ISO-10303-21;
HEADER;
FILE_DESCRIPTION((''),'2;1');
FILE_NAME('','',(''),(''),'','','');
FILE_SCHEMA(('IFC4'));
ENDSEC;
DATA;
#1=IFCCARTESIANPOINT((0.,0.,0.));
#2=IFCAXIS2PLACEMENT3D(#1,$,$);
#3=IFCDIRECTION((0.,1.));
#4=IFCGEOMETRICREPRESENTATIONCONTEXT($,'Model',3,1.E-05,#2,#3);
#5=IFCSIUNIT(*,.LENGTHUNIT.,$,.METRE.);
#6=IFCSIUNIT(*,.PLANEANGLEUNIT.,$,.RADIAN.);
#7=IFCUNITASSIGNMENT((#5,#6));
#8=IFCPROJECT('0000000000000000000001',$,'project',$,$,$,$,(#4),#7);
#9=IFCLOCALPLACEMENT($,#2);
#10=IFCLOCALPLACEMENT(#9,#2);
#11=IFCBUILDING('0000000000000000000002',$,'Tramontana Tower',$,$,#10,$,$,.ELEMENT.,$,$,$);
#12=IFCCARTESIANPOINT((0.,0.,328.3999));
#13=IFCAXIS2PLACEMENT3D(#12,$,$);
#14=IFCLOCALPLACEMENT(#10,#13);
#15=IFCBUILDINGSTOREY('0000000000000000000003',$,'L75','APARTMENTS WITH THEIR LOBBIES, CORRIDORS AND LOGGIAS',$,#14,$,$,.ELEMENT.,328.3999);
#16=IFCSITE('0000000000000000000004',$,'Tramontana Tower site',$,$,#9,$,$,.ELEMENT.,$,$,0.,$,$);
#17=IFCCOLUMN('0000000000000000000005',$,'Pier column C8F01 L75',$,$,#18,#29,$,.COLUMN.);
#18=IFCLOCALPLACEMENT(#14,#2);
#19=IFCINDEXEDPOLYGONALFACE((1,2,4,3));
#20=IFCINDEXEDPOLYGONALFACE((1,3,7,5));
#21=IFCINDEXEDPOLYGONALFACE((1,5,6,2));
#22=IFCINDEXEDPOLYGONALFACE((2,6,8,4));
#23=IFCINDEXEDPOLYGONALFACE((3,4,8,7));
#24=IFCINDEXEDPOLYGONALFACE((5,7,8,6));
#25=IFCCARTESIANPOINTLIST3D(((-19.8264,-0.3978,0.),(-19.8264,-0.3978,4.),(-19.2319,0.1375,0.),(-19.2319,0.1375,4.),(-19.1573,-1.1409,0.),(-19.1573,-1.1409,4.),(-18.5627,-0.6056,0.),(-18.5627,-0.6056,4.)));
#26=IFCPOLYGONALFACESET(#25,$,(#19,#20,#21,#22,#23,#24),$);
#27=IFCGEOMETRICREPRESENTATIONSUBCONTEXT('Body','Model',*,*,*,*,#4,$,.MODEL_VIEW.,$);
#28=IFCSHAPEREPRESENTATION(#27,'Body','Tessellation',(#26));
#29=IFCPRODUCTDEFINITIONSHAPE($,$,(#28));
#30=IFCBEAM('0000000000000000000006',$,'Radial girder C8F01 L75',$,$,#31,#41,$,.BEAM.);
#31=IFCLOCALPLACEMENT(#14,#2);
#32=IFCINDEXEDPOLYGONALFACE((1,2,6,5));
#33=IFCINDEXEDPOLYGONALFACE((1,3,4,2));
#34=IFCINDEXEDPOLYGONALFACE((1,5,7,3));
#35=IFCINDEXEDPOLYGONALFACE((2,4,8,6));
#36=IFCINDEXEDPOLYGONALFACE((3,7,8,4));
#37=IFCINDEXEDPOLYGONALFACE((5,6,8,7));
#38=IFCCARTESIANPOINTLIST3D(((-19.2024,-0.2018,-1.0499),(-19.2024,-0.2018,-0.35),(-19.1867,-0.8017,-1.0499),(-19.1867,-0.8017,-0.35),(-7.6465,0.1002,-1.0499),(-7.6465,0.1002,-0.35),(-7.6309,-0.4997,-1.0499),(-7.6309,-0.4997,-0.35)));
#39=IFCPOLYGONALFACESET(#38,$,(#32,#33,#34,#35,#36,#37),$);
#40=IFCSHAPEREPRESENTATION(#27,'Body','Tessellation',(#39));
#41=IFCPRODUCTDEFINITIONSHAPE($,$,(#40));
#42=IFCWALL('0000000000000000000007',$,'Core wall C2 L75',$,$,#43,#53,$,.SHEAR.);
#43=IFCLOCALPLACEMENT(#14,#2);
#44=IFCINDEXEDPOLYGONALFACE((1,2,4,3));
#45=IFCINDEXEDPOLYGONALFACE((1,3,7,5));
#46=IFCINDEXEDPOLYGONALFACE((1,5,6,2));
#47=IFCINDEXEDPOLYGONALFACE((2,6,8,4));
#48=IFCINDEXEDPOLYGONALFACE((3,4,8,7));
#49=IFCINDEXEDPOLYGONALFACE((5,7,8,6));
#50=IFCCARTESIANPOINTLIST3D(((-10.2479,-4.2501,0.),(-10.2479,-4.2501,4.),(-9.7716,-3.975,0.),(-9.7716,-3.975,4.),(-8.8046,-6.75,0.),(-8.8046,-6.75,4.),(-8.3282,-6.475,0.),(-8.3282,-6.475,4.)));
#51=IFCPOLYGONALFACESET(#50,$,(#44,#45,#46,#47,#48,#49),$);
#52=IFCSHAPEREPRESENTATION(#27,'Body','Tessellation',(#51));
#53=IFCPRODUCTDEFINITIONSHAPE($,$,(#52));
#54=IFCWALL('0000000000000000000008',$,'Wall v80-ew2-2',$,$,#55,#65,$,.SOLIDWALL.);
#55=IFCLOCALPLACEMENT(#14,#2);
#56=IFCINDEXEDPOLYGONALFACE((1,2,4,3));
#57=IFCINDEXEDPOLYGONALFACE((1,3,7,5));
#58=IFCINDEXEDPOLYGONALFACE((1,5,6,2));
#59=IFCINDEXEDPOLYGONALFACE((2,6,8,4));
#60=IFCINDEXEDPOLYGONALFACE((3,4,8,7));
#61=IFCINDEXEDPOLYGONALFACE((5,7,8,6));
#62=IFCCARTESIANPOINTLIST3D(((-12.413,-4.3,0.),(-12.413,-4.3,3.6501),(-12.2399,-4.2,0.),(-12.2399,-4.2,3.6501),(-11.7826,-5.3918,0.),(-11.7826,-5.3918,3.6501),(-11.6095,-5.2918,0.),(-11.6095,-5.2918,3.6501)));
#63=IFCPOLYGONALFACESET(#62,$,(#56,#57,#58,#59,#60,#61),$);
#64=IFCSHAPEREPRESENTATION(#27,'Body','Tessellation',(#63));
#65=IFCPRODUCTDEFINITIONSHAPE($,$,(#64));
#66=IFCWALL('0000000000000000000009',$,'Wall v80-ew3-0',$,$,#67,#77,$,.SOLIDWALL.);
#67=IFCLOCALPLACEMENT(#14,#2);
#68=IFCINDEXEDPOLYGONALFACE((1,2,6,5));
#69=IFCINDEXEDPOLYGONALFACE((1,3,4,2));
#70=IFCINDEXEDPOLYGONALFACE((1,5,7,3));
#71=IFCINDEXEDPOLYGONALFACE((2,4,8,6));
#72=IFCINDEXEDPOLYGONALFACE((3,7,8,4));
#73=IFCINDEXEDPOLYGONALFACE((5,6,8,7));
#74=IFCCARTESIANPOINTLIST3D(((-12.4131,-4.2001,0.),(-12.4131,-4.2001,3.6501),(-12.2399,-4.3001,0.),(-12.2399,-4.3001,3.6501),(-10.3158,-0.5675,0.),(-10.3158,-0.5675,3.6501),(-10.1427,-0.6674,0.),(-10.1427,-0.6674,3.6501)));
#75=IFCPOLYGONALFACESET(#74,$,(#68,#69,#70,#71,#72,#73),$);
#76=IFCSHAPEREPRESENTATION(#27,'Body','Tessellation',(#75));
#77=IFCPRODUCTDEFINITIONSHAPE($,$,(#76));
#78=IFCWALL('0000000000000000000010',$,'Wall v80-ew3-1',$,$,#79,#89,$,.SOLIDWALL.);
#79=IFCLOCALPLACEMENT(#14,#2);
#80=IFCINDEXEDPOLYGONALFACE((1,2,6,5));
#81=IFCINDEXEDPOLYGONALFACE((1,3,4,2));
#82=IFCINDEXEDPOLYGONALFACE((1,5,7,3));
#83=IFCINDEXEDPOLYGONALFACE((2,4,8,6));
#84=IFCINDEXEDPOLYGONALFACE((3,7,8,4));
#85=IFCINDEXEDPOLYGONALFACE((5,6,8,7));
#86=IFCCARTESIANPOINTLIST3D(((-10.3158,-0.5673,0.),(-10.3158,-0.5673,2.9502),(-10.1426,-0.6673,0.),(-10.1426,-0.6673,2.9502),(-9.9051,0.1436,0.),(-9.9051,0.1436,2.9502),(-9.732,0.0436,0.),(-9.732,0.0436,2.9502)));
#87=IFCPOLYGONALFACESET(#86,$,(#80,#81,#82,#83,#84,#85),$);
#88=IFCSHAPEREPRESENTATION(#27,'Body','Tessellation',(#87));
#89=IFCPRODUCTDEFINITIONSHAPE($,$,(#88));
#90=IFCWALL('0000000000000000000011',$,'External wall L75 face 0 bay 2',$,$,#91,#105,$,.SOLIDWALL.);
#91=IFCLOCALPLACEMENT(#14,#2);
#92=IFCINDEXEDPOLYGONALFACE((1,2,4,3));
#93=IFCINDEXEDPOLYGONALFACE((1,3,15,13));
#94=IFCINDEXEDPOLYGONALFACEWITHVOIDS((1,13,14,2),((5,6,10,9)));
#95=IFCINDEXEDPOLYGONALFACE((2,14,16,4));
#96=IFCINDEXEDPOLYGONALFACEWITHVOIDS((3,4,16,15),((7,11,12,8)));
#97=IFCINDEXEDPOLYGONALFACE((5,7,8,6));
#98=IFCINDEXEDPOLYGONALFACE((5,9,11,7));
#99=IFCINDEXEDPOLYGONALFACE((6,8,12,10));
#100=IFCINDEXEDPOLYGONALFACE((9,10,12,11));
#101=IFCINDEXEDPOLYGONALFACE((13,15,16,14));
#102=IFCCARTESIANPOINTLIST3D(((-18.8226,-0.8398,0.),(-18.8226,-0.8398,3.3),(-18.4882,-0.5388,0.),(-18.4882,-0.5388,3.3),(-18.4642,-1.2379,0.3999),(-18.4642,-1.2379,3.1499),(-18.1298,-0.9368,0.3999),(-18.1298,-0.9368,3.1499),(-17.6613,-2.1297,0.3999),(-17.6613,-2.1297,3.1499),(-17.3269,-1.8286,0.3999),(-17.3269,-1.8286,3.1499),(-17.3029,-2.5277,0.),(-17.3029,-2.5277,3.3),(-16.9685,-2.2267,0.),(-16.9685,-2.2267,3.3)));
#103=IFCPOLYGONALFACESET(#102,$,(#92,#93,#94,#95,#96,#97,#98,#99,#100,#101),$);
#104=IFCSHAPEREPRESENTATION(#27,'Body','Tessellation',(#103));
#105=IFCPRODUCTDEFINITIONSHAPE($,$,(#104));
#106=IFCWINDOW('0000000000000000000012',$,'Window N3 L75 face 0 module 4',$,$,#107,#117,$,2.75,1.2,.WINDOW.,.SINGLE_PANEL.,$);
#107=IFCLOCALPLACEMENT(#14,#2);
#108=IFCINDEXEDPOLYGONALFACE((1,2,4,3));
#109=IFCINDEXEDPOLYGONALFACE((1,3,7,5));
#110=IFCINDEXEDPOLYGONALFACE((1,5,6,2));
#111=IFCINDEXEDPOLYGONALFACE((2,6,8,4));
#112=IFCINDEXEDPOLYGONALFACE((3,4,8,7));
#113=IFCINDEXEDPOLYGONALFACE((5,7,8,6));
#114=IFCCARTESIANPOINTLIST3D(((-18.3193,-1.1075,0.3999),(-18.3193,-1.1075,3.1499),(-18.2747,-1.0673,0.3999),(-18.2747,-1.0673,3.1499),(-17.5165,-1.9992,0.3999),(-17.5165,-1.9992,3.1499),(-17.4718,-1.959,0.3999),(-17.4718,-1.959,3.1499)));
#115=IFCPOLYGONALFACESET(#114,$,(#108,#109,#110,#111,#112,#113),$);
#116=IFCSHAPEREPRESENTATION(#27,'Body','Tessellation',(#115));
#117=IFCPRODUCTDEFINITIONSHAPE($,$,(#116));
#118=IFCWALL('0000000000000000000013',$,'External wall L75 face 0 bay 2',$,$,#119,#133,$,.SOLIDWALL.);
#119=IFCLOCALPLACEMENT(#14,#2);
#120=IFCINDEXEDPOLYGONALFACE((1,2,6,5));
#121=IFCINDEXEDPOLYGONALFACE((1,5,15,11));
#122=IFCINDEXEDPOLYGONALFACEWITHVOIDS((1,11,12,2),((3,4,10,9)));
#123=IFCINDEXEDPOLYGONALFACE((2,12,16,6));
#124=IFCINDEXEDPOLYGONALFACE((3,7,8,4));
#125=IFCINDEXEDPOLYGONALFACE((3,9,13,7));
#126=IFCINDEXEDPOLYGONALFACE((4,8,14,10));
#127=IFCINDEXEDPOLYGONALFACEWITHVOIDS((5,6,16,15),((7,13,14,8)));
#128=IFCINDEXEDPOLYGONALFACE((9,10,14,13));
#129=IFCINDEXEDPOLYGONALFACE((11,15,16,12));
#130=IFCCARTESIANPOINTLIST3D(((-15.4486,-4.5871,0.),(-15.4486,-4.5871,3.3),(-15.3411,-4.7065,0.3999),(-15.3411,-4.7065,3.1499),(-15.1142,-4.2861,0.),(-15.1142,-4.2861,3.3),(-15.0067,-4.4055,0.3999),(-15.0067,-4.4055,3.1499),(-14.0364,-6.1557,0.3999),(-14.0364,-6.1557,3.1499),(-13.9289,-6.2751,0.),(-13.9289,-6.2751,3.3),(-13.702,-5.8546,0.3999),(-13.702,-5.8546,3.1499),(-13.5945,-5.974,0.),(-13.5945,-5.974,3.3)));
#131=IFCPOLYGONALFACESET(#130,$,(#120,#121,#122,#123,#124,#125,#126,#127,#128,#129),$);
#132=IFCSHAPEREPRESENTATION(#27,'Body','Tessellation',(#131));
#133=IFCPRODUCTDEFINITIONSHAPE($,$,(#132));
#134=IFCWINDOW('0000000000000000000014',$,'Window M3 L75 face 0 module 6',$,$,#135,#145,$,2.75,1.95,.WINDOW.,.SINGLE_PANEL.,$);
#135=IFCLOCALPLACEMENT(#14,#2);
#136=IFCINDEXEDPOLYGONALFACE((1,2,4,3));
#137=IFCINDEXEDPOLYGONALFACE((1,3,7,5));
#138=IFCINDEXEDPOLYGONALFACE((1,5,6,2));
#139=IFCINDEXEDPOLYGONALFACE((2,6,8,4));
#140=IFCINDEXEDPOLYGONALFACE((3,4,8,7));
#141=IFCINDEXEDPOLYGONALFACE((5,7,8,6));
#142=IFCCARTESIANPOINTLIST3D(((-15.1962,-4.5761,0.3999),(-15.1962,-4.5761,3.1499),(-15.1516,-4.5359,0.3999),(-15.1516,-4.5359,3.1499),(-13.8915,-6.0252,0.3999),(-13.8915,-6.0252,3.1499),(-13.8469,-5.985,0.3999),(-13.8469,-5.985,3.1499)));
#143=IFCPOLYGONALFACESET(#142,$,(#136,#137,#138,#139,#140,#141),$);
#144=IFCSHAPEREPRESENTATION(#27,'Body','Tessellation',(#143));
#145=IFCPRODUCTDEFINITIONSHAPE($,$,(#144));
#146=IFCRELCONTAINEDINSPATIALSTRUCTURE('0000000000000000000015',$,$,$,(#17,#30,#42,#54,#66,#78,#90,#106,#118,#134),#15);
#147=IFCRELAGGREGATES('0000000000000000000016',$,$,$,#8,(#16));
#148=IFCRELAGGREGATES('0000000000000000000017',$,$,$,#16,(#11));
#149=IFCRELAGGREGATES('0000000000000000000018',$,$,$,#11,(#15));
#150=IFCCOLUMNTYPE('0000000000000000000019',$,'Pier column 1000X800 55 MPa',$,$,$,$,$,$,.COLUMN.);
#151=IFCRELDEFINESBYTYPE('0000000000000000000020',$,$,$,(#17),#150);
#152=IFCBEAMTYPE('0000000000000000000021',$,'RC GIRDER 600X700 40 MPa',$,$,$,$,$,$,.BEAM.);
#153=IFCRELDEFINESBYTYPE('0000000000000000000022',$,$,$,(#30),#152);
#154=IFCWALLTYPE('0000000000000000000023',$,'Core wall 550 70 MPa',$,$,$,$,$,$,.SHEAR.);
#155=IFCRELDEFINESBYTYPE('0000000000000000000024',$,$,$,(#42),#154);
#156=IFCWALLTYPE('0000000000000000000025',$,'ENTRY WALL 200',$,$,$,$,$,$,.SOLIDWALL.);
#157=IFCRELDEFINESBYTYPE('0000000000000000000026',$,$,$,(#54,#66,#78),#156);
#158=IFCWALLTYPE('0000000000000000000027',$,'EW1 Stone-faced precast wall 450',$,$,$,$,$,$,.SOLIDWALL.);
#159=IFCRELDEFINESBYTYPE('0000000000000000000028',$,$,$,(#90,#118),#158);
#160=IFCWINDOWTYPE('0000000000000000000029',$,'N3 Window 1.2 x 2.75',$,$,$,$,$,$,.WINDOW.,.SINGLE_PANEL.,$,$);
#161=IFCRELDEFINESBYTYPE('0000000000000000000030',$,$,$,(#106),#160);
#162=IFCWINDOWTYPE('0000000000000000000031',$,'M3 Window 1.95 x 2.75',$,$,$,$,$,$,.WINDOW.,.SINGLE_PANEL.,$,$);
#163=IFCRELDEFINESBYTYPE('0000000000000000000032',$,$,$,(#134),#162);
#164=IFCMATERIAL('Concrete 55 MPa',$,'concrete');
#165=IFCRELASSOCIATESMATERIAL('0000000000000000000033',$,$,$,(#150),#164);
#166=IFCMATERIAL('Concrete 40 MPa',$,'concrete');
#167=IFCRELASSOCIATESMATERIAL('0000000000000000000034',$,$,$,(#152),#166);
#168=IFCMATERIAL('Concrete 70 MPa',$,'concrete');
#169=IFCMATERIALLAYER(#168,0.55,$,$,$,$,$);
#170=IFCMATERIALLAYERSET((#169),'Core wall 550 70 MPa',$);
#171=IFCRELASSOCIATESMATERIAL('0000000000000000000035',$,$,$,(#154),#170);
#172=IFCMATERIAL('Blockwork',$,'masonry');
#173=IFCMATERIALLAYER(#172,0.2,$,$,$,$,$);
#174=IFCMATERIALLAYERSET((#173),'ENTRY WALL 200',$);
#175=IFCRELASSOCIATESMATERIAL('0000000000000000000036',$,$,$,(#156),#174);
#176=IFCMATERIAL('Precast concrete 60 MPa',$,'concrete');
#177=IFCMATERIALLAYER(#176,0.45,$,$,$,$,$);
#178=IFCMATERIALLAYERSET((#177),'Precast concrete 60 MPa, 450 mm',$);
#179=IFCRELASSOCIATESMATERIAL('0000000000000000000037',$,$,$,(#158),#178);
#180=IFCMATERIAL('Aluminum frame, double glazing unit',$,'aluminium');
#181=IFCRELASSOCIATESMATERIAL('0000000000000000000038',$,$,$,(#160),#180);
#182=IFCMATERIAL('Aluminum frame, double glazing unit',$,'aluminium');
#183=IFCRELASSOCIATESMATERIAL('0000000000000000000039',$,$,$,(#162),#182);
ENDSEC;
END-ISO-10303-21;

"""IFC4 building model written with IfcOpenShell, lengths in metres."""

from ifc_helpers import new_model, si_unit, direction, frame, frame_2d, origin, origin_2d, place, context, subcontext, project, spatial, rectangle, extrude, material, layer, layer_set, material_profile, profile_set, type_object, element, fill, save


model = new_model("IFC4")

# Units and contexts
model_context = context("Model", 3, precision=1e-05, world=origin(), true_north=direction((0.0, 1.0)))
body_context = subcontext(model_context, "Body", "Model", "MODEL_VIEW")
ifc_project = project(units=[si_unit("LENGTHUNIT", "METRE"), si_unit("PLANEANGLEUNIT", "RADIAN")], contexts=[model_context])

# Site, building, storey
site_placement = place(None, origin())
site = spatial("IfcSite", under=ifc_project, at=site_placement, Name="Tramontana Tower site", CompositionType="ELEMENT", RefElevation=0.0)
building_placement = place(site_placement, origin())
building = spatial("IfcBuilding", under=site, at=building_placement, Name="Tramontana Tower", CompositionType="ELEMENT")
storey_placement = place(building_placement, frame((0.0, 0.0, 328.3999)))
storey = spatial("IfcBuildingStorey", under=building, at=storey_placement, Name="L75", Description="APARTMENTS WITH THEIR LOBBIES, CORRIDORS AND LOGGIAS", CompositionType="ELEMENT", Elevation=328.3999)

# Column
ifc_material_1 = material(Name="Concrete 55 MPa", Category="concrete")
ifc_material_profile_1 = material_profile(ifc_material_1, rectangle(XDim=1.0, YDim=0.8, at=origin_2d()), Name="Pier column 1000X800 55 MPa")
ifc_profile_set_1 = profile_set([ifc_material_profile_1], Name="Concrete 55 MPa")
column_type = type_object("IfcColumnType", Name="Pier column 1000X800 55 MPa", PredefinedType="COLUMN", material=ifc_profile_set_1)
column_placement = place(storey_placement, frame((-19.1946, -0.5017, 0.0), z_axis=(0.0, 0.0, 1.0), x_axis=(0.669131, -0.743145, 0.0)))
element("IfcColumn", 1, at=column_placement, inside=storey, type_object=column_type, Name="Pier column C8F01 L75", PredefinedType="COLUMN", context=body_context, shape_type="SweptSolid", body=[
    extrude(rectangle(XDim=1.0, YDim=0.8, at=origin_2d()), origin(), (0.0, 0.0, 1.0), 4.0),
])

# Beam
ifc_material_2 = material(Name="Concrete 40 MPa", Category="concrete")
ifc_material_profile_2 = material_profile(ifc_material_2, rectangle(XDim=0.6001, YDim=0.7, at=origin_2d()), Name="RC GIRDER 600X700 40 MPa")
ifc_profile_set_2 = profile_set([ifc_material_profile_2], Name="Concrete 40 MPa")
beam_type = type_object("IfcBeamType", Name="RC GIRDER 600X700 40 MPa", PredefinedType="BEAM", material=ifc_profile_set_2)
beam_placement = place(storey_placement, frame((-19.1946, -0.5017, -0.7), z_axis=(0.999659, 0.026125, 0.0), x_axis=(-0.026125, 0.999659, 0.0)))
element("IfcBeam", 2, at=beam_placement, inside=storey, type_object=beam_type, Name="Radial girder C8F01 L75", PredefinedType="BEAM", context=body_context, shape_type="SweptSolid", body=[
    extrude(rectangle(XDim=0.6001, YDim=0.7, at=origin_2d()), origin(), (0.0, 0.0, 1.0), 11.5598),
])

# Walls
ifc_material_3 = material(Name="Concrete 70 MPa", Category="concrete")
ifc_layer_1 = layer(ifc_material_3, 0.55)
ifc_layer_set_1 = layer_set([ifc_layer_1], Name="Core wall 550 70 MPa")
wall_type_1 = type_object("IfcWallType", Name="Core wall 550 70 MPa", PredefinedType="SHEAR", material=ifc_layer_set_1)
wall_1_placement = place(storey_placement, frame((-10.0098, -4.1125, 0.0), z_axis=(0.0, 0.0, 1.0), x_axis=(0.499996, -0.866028, 0.0)))
element("IfcWall", 3, at=wall_1_placement, inside=storey, type_object=wall_type_1, Name="Core wall C2 L75", PredefinedType="SHEAR", context=body_context, shape_type="SweptSolid", body=[
    extrude(rectangle(XDim=2.8867, YDim=0.55, at=frame_2d((1.4434, 0.0))), origin(), (0.0, 0.0, 1.0), 4.0),
])
ifc_material_4 = material(Name="Blockwork", Category="masonry")
ifc_layer_2 = layer(ifc_material_4, 0.2)
ifc_layer_set_2 = layer_set([ifc_layer_2], Name="ENTRY WALL 200")
wall_type_2 = type_object("IfcWallType", Name="ENTRY WALL 200", PredefinedType="SOLIDWALL", material=ifc_layer_set_2)
wall_2_placement = place(storey_placement, frame((-11.696, -5.3418, 0.0), z_axis=(0.0, 0.0, 1.0), x_axis=(-0.500013, 0.866018, 0.0)))
element("IfcWall", 4, at=wall_2_placement, inside=storey, type_object=wall_type_2, Name="Wall v80-ew2-2", PredefinedType="SOLIDWALL", context=body_context, shape_type="SweptSolid", body=[
    extrude(rectangle(XDim=1.2607, YDim=0.2, at=frame_2d((0.6304, 0.0))), origin(), (0.0, 0.0, 1.0), 3.6501),
])
wall_3_placement = place(storey_placement, frame((-12.3264, -4.25, 0.0), z_axis=(0.0, 0.0, 1.0), x_axis=(0.499983, 0.866035, 0.0)))
element("IfcWall", 5, at=wall_3_placement, inside=storey, type_object=wall_type_2, Name="Wall v80-ew3-0", PredefinedType="SOLIDWALL", context=body_context, shape_type="SweptSolid", body=[
    extrude(rectangle(XDim=4.1946, YDim=0.2, at=frame_2d((2.0972, 0.0))), origin(), (0.0, 0.0, 1.0), 3.6501),
])
wall_4_placement = place(storey_placement, frame((-10.2292, -0.6174, 0.0), z_axis=(0.0, 0.0, 1.0), x_axis=(0.500169, 0.865928, 0.0)))
element("IfcWall", 6, at=wall_4_placement, inside=storey, type_object=wall_type_2, Name="Wall v80-ew3-1", PredefinedType="SOLIDWALL", context=body_context, shape_type="SweptSolid", body=[
    extrude(rectangle(XDim=0.821, YDim=0.2, at=frame_2d((0.4106, 0.0))), origin(), (0.0, 0.0, 1.0), 2.9502),
])

# Walls, openings, windows
ifc_material_5 = material(Name="Precast concrete 60 MPa", Category="concrete")
ifc_layer_3 = layer(ifc_material_5, 0.45)
ifc_layer_set_3 = layer_set([ifc_layer_3], Name="Precast concrete 60 MPa, 450 mm")
wall_type_3 = type_object("IfcWallType", Name="EW1 Stone-faced precast wall 450", PredefinedType="SOLIDWALL", material=ifc_layer_set_3)
wall_5_placement = place(storey_placement, frame((-18.6555, -0.6892, 0.0), z_axis=(0.0, 0.0, 1.0), x_axis=(0.669107, -0.743166, 0.0)))
wall_5 = element("IfcWall", 7, at=wall_5_placement, inside=storey, type_object=wall_type_3, Name="External wall L75 face 0 bay 2", PredefinedType="SOLIDWALL", context=body_context, shape_type="SweptSolid", body=[
    extrude(rectangle(XDim=2.2712, YDim=0.45, at=frame_2d((1.1357, 0.0))), origin(), (0.0, 0.0, 1.0), 3.3),
])
opening_1_placement = place(wall_5_placement, frame((0.5356, 0.0, 0.3999)))
opening_1 = element("IfcOpeningElement", 8, at=opening_1_placement, cuts=wall_5, PredefinedType="OPENING", context=body_context, shape_type="SweptSolid", body=[
    extrude(rectangle(XDim=1.2, YDim=2.75, at=frame_2d((0.6001, 1.375))), frame((0.0, 0.2349, 0.0), z_axis=(0.0, -1.0, 0.0), x_axis=(1.0, 0.0, 0.0)), (0.0, 0.0, 1.0), 0.47),
])
ifc_material_6 = material(Name="Aluminum frame, double glazing unit", Category="aluminium")
window_type_1 = type_object("IfcWindowType", Name="N3 Window 1.2 x 2.75", PartitioningType="SINGLE_PANEL", PredefinedType="WINDOW", material=ifc_material_6)
window_1_placement = place(opening_1_placement, origin())
window_1 = element("IfcWindow", 9, at=window_1_placement, inside=storey, type_object=window_type_1, Name="Window N3 L75 face 0 module 4", OverallHeight=2.75, OverallWidth=1.2, PartitioningType="SINGLE_PANEL", PredefinedType="WINDOW", context=body_context, shape_type="SweptSolid", body=[
    extrude(rectangle(XDim=1.2, YDim=2.75, at=frame_2d((0.6001, 1.375))), frame((0.0, 0.03, 0.0), z_axis=(0.0, -1.0, 0.0), x_axis=(1.0, 0.0, 0.0)), (0.0, 0.0, 1.0), 0.0601),
])
fill(opening_1, window_1)
wall_6_placement = place(storey_placement, frame((-15.2815, -4.4365, 0.0), z_axis=(0.0, 0.0, 1.0), x_axis=(0.669107, -0.743166, 0.0)))
wall_6 = element("IfcWall", 10, at=wall_6_placement, inside=storey, type_object=wall_type_3, Name="External wall L75 face 0 bay 2", PredefinedType="SOLIDWALL", context=body_context, shape_type="SweptSolid", body=[
    extrude(rectangle(XDim=2.2712, YDim=0.45, at=frame_2d((1.1357, 0.0))), origin(), (0.0, 0.0, 1.0), 3.3),
])
opening_2_placement = place(wall_6_placement, frame((0.1606, 0.0, 0.3999)))
opening_2 = element("IfcOpeningElement", 11, at=opening_2_placement, cuts=wall_6, PredefinedType="OPENING", context=body_context, shape_type="SweptSolid", body=[
    extrude(rectangle(XDim=1.95, YDim=2.75, at=frame_2d((0.9751, 1.375))), frame((0.0, 0.2349, 0.0), z_axis=(0.0, -1.0, 0.0), x_axis=(1.0, 0.0, 0.0)), (0.0, 0.0, 1.0), 0.47),
])
ifc_material_7 = material(Name="Aluminum frame, double glazing unit", Category="aluminium")
window_type_2 = type_object("IfcWindowType", Name="M3 Window 1.95 x 2.75", PartitioningType="SINGLE_PANEL", PredefinedType="WINDOW", material=ifc_material_7)
window_2_placement = place(opening_2_placement, origin())
window_2 = element("IfcWindow", 12, at=window_2_placement, inside=storey, type_object=window_type_2, Name="Window M3 L75 face 0 module 6", OverallHeight=2.75, OverallWidth=1.95, PartitioningType="SINGLE_PANEL", PredefinedType="WINDOW", context=body_context, shape_type="SweptSolid", body=[
    extrude(rectangle(XDim=1.95, YDim=2.75, at=frame_2d((0.9751, 1.375))), frame((0.0, 0.03, 0.0), z_axis=(0.0, -1.0, 0.0), x_axis=(1.0, 0.0, 0.0)), (0.0, 0.0, 1.0), 0.0601),
])
fill(opening_2, window_2)

save(model, "model.ifc")
